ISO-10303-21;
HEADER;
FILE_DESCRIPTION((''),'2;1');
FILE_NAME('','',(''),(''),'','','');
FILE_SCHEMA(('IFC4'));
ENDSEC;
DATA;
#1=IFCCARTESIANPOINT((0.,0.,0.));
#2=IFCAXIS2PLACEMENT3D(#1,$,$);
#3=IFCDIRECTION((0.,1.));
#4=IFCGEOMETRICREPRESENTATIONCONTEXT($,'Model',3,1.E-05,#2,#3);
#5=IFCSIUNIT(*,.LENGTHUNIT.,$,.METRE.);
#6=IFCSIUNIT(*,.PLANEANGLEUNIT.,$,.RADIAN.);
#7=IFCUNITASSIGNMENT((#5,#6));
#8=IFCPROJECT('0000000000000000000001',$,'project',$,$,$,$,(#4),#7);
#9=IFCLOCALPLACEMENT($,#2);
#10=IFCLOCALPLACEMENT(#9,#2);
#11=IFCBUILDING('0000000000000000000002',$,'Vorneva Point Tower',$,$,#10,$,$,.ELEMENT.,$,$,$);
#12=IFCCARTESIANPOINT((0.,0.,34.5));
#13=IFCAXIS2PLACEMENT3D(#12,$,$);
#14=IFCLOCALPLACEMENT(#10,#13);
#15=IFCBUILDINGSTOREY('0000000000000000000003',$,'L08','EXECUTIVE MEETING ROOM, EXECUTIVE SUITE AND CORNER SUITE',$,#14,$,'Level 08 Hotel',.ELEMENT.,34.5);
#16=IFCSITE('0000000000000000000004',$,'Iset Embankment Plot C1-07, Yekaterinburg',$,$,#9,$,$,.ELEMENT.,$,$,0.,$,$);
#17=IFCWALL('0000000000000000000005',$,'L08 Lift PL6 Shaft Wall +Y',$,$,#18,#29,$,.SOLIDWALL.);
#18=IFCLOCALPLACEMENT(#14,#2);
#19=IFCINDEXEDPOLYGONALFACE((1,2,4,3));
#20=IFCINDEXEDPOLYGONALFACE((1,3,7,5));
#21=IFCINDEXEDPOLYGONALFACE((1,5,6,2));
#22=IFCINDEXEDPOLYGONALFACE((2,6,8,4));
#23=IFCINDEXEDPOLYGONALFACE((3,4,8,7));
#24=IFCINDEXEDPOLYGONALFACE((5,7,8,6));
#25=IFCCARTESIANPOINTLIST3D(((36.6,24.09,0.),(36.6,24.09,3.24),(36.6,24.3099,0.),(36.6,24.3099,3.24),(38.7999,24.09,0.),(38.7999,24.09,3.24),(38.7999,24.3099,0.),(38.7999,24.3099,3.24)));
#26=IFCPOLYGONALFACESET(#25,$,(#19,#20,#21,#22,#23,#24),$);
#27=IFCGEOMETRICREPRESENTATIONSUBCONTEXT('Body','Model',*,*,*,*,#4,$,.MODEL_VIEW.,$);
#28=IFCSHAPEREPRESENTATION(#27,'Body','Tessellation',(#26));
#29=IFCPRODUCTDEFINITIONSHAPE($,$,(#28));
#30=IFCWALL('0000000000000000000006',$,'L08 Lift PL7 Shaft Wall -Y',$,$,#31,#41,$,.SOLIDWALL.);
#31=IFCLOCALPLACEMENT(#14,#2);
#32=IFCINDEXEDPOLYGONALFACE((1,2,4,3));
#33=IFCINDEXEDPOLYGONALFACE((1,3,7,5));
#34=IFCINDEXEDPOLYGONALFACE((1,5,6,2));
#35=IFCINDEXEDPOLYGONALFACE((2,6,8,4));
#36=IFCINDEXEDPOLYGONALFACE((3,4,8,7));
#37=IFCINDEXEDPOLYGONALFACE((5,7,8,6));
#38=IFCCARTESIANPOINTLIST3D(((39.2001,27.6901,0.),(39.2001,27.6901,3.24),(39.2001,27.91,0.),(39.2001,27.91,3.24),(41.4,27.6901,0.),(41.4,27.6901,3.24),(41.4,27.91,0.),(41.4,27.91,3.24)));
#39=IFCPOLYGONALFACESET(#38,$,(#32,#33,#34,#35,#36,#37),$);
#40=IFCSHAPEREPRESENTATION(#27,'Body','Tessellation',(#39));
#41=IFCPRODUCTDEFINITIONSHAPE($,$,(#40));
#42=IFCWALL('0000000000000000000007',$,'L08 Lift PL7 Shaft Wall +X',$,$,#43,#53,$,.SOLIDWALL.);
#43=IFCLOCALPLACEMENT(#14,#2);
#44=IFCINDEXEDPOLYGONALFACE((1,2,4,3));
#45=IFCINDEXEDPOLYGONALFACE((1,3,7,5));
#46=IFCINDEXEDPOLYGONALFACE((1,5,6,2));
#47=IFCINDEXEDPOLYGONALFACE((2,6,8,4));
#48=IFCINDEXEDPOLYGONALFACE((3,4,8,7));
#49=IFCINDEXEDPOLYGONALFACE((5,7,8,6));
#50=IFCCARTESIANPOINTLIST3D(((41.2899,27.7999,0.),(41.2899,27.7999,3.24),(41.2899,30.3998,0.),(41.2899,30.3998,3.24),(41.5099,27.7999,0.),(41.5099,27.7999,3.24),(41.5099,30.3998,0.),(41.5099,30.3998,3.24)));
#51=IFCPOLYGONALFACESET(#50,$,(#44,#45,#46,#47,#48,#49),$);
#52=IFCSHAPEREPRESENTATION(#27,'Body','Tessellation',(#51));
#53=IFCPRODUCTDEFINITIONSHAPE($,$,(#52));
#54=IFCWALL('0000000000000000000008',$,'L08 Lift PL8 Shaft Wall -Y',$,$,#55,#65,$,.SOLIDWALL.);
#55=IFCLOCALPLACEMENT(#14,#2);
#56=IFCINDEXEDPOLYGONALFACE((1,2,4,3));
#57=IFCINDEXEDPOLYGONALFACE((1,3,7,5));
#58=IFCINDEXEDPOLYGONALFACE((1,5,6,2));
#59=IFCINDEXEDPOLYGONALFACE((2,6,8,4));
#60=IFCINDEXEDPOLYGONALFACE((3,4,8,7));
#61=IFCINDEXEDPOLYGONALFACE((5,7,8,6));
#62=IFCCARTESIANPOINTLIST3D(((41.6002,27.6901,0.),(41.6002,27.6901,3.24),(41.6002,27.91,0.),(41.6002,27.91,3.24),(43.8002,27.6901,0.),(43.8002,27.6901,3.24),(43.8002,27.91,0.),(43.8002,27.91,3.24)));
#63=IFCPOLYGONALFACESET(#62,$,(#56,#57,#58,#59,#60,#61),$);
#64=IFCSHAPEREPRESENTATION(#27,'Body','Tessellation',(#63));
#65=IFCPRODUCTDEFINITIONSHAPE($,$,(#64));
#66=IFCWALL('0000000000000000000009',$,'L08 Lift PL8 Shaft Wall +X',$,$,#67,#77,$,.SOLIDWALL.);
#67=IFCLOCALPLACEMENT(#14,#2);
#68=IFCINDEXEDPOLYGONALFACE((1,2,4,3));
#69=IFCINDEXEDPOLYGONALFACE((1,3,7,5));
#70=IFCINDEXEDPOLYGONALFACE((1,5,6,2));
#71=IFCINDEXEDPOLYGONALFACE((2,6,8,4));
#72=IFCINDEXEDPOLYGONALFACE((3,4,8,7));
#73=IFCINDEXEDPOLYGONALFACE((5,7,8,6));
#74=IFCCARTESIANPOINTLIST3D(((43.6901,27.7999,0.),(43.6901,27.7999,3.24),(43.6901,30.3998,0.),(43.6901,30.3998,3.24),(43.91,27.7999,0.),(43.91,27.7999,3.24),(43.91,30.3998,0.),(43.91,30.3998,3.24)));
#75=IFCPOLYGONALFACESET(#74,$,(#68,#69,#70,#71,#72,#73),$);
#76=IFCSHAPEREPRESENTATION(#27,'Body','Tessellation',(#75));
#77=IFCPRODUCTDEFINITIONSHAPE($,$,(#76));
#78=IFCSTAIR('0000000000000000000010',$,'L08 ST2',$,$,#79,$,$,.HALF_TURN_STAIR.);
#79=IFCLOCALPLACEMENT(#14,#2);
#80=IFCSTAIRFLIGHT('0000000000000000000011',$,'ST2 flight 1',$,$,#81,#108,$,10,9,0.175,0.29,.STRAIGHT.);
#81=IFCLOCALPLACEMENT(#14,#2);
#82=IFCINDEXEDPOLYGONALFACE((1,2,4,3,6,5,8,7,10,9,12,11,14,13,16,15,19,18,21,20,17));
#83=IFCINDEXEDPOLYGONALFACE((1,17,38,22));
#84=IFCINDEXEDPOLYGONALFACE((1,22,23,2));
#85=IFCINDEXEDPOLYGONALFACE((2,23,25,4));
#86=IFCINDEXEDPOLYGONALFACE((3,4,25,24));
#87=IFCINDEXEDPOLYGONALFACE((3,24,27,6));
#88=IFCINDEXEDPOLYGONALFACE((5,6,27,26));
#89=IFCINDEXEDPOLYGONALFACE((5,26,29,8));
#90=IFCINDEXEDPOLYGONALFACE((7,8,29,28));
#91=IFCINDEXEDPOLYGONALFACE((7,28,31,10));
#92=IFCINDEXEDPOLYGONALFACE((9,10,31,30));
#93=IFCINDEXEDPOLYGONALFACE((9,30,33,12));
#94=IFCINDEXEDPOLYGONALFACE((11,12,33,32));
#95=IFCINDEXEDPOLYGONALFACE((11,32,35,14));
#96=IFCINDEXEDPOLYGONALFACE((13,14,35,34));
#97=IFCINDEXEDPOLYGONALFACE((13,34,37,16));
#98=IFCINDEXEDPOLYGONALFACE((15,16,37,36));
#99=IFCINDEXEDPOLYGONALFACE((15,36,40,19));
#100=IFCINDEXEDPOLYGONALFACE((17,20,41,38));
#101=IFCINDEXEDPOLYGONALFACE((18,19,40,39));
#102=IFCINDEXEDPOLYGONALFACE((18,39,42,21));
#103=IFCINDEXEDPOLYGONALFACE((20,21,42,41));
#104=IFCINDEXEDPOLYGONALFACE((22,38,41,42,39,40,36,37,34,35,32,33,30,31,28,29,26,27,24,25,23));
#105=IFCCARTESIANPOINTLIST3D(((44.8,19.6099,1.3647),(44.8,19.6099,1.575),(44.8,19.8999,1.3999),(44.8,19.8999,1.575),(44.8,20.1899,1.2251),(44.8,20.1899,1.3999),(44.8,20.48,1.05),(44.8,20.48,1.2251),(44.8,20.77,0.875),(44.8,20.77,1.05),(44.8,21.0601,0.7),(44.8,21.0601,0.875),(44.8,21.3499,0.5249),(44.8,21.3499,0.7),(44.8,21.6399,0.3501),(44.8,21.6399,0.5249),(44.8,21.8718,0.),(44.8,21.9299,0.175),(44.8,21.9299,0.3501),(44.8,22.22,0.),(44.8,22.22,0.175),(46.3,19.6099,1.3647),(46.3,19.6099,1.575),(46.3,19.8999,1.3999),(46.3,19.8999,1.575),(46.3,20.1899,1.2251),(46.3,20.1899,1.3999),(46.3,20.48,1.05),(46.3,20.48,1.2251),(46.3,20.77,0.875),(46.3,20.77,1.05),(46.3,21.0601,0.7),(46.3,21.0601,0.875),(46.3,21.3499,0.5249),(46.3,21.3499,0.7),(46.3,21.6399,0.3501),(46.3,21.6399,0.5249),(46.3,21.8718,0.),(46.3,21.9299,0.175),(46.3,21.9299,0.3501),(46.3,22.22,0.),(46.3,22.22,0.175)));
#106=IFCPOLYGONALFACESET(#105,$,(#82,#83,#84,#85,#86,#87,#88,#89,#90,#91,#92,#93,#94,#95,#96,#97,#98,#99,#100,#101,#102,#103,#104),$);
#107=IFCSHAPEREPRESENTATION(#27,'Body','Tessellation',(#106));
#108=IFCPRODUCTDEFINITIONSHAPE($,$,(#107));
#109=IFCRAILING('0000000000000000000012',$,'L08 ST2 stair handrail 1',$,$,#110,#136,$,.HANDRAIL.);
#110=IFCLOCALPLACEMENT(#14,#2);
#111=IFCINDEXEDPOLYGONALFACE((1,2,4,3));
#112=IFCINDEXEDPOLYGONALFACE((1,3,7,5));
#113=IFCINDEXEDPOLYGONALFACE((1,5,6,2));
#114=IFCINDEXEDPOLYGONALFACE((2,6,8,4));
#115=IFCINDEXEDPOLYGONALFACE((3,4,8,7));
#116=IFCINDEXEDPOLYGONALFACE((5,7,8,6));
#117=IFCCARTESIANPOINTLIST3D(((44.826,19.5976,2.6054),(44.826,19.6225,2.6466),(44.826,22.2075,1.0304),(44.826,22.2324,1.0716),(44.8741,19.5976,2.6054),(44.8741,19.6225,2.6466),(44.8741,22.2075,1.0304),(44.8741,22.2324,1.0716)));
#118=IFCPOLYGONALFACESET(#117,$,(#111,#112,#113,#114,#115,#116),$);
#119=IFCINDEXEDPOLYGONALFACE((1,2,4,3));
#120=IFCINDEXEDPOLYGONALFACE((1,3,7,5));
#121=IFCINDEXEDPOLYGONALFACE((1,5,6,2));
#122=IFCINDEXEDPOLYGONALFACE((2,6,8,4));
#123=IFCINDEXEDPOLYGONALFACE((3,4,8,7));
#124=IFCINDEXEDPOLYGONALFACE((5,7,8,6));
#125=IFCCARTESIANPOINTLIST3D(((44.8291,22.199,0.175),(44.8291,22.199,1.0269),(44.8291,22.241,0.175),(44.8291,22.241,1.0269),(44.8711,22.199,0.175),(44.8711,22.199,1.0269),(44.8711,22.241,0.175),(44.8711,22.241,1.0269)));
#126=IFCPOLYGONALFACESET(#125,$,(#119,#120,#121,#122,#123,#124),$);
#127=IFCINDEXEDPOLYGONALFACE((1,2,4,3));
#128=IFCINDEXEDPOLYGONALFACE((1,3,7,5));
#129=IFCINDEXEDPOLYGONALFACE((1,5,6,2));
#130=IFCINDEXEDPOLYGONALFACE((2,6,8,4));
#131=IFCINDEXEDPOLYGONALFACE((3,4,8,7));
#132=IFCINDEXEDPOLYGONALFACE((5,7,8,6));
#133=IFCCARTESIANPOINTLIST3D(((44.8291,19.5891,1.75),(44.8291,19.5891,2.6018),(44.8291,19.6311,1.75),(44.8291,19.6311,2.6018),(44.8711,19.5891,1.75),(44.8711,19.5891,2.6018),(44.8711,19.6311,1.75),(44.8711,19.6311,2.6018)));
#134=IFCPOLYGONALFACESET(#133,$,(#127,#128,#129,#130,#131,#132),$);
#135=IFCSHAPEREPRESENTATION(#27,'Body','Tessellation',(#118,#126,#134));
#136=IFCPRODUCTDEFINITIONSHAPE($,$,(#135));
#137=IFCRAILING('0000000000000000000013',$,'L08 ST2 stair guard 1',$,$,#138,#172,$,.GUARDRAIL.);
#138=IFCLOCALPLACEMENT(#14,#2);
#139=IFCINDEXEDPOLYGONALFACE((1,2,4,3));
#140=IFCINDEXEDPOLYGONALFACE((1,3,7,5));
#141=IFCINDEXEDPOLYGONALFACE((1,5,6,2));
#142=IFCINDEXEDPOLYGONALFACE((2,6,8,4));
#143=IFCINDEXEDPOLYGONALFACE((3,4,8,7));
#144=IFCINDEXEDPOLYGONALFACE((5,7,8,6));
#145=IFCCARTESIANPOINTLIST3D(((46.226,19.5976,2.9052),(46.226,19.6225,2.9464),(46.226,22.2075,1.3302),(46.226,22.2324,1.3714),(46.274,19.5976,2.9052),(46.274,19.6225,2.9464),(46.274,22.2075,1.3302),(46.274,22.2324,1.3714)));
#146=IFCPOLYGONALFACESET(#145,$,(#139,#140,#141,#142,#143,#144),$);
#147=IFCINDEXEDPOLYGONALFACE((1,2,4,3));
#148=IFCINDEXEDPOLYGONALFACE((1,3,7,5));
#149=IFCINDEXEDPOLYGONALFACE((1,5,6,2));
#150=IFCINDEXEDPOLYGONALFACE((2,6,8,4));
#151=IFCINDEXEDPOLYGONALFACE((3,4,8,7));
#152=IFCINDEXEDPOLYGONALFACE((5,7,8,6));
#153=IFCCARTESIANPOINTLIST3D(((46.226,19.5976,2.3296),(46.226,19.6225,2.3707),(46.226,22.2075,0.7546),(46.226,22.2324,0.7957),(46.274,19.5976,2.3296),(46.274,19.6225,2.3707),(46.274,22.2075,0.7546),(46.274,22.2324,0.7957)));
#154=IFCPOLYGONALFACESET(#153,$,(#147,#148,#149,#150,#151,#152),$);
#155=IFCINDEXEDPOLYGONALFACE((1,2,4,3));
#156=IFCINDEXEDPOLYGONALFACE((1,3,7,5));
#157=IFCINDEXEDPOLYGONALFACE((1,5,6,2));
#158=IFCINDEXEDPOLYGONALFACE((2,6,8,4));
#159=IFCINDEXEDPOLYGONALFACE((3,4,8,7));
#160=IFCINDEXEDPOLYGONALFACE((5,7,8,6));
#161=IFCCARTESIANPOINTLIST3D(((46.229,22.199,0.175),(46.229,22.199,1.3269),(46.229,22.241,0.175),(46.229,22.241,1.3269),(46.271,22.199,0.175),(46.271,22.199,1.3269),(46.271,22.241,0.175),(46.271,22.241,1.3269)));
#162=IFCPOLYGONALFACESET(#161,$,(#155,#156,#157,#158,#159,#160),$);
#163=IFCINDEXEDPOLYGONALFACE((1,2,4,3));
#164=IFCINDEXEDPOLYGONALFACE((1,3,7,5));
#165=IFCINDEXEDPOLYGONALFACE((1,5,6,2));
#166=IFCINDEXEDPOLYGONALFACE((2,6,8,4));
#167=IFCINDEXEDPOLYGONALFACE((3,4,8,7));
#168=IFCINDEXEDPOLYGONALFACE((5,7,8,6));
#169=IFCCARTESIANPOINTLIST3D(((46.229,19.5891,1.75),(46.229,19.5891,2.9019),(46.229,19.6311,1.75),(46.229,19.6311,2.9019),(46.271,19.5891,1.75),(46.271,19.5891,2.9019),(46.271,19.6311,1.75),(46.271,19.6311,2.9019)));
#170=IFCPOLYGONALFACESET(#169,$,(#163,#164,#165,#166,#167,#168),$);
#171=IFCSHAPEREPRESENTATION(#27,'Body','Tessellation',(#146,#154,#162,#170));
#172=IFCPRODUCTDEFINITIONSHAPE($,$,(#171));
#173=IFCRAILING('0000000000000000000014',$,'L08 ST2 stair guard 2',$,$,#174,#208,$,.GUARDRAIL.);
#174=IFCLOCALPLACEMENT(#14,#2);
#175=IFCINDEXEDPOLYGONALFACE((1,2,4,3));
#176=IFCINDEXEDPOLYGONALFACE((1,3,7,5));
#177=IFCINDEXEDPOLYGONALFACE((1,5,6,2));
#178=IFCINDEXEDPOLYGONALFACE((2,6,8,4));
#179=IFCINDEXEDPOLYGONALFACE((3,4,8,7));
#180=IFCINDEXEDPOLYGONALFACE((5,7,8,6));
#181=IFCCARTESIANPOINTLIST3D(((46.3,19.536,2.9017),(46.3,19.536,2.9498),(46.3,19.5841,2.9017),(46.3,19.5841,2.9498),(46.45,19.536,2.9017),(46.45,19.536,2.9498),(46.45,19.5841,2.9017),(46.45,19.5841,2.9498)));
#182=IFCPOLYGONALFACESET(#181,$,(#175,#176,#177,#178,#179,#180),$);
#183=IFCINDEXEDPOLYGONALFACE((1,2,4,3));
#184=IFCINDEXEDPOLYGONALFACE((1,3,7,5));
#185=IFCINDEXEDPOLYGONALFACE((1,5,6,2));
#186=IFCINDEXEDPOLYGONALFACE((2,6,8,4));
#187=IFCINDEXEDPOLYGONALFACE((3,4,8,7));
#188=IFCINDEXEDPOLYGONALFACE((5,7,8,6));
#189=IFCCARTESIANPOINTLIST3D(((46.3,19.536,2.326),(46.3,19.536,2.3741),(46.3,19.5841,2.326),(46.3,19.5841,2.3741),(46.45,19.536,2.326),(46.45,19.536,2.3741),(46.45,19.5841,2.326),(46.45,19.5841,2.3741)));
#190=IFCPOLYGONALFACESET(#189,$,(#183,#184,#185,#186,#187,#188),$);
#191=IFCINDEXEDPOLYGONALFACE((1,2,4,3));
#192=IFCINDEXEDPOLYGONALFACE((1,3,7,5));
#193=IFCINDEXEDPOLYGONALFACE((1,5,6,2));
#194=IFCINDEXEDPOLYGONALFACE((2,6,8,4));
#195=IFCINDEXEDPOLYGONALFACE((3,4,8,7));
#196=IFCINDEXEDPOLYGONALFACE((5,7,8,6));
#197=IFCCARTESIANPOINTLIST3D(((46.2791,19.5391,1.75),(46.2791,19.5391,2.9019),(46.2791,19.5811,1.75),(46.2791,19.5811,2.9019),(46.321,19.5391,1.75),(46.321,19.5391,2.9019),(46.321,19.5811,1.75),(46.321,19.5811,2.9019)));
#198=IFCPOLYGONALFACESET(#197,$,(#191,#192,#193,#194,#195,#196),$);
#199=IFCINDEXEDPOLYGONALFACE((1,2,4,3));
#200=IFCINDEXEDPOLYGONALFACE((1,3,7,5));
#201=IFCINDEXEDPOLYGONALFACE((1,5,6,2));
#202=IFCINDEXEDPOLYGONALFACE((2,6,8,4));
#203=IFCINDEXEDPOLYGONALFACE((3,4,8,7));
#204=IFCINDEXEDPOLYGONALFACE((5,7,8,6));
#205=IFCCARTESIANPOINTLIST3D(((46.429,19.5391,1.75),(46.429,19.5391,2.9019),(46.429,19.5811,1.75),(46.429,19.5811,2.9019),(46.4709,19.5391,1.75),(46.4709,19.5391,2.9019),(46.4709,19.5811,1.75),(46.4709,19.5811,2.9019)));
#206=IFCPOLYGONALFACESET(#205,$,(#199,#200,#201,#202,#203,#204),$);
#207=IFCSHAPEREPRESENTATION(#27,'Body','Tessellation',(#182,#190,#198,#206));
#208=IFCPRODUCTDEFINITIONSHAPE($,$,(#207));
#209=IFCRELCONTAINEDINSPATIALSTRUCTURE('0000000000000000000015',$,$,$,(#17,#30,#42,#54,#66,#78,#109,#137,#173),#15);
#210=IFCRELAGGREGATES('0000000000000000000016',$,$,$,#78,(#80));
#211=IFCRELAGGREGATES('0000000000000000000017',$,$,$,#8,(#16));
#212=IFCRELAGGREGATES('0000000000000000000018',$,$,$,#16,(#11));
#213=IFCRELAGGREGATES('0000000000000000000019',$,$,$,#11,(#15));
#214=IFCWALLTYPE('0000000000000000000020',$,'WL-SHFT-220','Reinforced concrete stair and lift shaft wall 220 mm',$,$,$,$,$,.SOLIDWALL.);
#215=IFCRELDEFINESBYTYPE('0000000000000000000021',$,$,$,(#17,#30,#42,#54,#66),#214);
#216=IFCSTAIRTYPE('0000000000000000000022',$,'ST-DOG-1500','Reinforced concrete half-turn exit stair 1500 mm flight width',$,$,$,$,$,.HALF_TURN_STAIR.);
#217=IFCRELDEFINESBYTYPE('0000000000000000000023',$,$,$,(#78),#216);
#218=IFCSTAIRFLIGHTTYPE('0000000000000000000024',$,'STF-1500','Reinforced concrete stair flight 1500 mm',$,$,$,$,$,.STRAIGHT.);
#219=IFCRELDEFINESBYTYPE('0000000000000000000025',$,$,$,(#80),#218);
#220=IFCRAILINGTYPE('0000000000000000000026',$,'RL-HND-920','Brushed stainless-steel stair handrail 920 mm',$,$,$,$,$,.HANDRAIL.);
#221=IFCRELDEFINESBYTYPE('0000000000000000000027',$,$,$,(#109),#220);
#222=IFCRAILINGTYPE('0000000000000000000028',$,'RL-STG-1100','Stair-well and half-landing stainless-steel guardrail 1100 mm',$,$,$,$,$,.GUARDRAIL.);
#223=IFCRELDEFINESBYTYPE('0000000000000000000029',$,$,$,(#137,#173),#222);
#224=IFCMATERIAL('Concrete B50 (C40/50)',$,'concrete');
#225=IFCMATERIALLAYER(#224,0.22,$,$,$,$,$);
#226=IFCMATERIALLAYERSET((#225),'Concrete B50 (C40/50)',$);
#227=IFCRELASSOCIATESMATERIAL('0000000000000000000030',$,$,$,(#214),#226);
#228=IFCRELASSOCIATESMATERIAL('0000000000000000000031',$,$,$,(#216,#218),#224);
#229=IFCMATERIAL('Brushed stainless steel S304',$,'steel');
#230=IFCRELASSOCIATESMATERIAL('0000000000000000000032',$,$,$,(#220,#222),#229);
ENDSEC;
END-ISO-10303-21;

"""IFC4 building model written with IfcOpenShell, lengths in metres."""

from ifc_helpers import new_model, si_unit, direction, frame, frame_2d, origin, origin_2d, place, context, subcontext, project, spatial, polyline, rectangle, outline, extrude, material, layer, layer_set, type_object, element, aggregate, save


model = new_model("IFC4")

# Units and contexts
model_context = context("Model", 3, precision=1e-05, world=origin(), true_north=direction((0.0, 1.0)))
body_context = subcontext(model_context, "Body", "Model", "MODEL_VIEW")
ifc_project = project(units=[si_unit("LENGTHUNIT", "METRE"), si_unit("PLANEANGLEUNIT", "RADIAN")], contexts=[model_context])

# Site, building, storey
site_placement = place(None, origin())
site = spatial("IfcSite", under=ifc_project, at=site_placement, Name="Iset Embankment Plot C1-07, Yekaterinburg", CompositionType="ELEMENT", RefElevation=0.0)
building_placement = place(site_placement, origin())
building = spatial("IfcBuilding", under=site, at=building_placement, Name="Vorneva Point Tower", CompositionType="ELEMENT")
storey_placement = place(building_placement, frame((0.0, 0.0, 34.5)))
storey = spatial("IfcBuildingStorey", under=building, at=storey_placement, Name="L08", Description="EXECUTIVE MEETING ROOM, EXECUTIVE SUITE AND CORNER SUITE", LongName="Level 08 Hotel", CompositionType="ELEMENT", Elevation=34.5)

# Shared definitions
ifc_material_1 = material(Name="Concrete B50 (C40/50)", Category="concrete")
ifc_layer_1 = layer(ifc_material_1, 0.22)
ifc_layer_set_1 = layer_set([ifc_layer_1], Name="Concrete B50 (C40/50)")
wall_type_1 = type_object("IfcWallType", Name="WL-SHFT-220", Description="Reinforced concrete stair and lift shaft wall 220 mm", PredefinedType="SOLIDWALL", material=ifc_layer_set_1)

# Walls
for number, where, z_axis, x_axis, name in (
    (1, (38.8, 24.2, 0.0), (0.0, 0.0, 1.0), (-1.0, 0.0, 0.0), "L08 Lift PL6 Shaft Wall +Y"),
    (2, (39.2, 27.8, 0.0), (0.0, 0.0, 1.0), (1.0, 0.0, 0.0), "L08 Lift PL7 Shaft Wall -Y"),
):
    element("IfcWall", number, at=place(storey_placement, frame(where, z_axis=z_axis, x_axis=x_axis)), inside=storey, type_object=wall_type_1, Name=name, PredefinedType="SOLIDWALL", context=body_context, shape_type="SweptSolid", body=[
        extrude(rectangle(XDim=2.2, YDim=0.22, at=frame_2d((1.1001, 0.0))), origin(), (0.0, 0.0, 1.0), 3.24),
    ])
wall_1_placement = place(storey_placement, frame((41.3999, 27.8, 0.0), z_axis=(0.0, 0.0, 1.0), x_axis=(0.0, 1.0, 0.0)))
element("IfcWall", 3, at=wall_1_placement, inside=storey, type_object=wall_type_1, Name="L08 Lift PL7 Shaft Wall +X", PredefinedType="SOLIDWALL", context=body_context, shape_type="SweptSolid", body=[
    extrude(rectangle(XDim=2.5999, YDim=0.22, at=frame_2d((1.2998, 0.0))), origin(), (0.0, 0.0, 1.0), 3.24),
])
wall_2_placement = place(storey_placement, frame((41.6001, 27.8, 0.0), z_axis=(0.0, 0.0, 1.0), x_axis=(1.0, 0.0, 0.0)))
element("IfcWall", 4, at=wall_2_placement, inside=storey, type_object=wall_type_1, Name="L08 Lift PL8 Shaft Wall -Y", PredefinedType="SOLIDWALL", context=body_context, shape_type="SweptSolid", body=[
    extrude(rectangle(XDim=2.2, YDim=0.22, at=frame_2d((1.1001, 0.0))), origin(), (0.0, 0.0, 1.0), 3.24),
])
wall_3_placement = place(storey_placement, frame((43.8, 27.8, 0.0), z_axis=(0.0, 0.0, 1.0), x_axis=(0.0, 1.0, 0.0)))
element("IfcWall", 5, at=wall_3_placement, inside=storey, type_object=wall_type_1, Name="L08 Lift PL8 Shaft Wall +X", PredefinedType="SOLIDWALL", context=body_context, shape_type="SweptSolid", body=[
    extrude(rectangle(XDim=2.5999, YDim=0.22, at=frame_2d((1.2998, 0.0))), origin(), (0.0, 0.0, 1.0), 3.24),
])

# Stair, stair flight
stair_type = type_object("IfcStairType", Name="ST-DOG-1500", Description="Reinforced concrete half-turn exit stair 1500 mm flight width", PredefinedType="HALF_TURN_STAIR", material=ifc_material_1)
stair_placement = place(storey_placement, origin())
stair = element("IfcStair", 6, at=stair_placement, inside=storey, type_object=stair_type, Name="L08 ST2", PredefinedType="HALF_TURN_STAIR")
stair_flight_type = type_object("IfcStairFlightType", Name="STF-1500", Description="Reinforced concrete stair flight 1500 mm", PredefinedType="STRAIGHT", material=ifc_material_1)
stair_flight_placement = place(storey_placement, frame((45.55, 22.22, 0.0), z_axis=(0.0, 0.0, 1.0), x_axis=(0.0, -1.0, 0.0)))
stair_flight = element("IfcStairFlight", 7, at=stair_flight_placement, type_object=stair_flight_type, Name="ST2 flight 1", NumberOfRisers=10, NumberOfTreads=9, PredefinedType="STRAIGHT", RiserHeight=0.175, TreadLength=0.29, context=body_context, shape_type="SweptSolid", body=[
    extrude(outline(polyline([(0.0, 0.0), (0.0, 0.175), (0.29, 0.175), (0.29, 0.3501), (0.5801, 0.3501), (0.5801, 0.5249), (0.8701, 0.5249), (0.8701, 0.7), (1.1599, 0.7), (1.1599, 0.875), (1.45, 0.875), (1.45, 1.05), (1.74, 1.05), (1.74, 1.2251), (2.03, 1.2251), (2.03, 1.3999), (2.3201, 1.3999), (2.3201, 1.575), (2.6101, 1.575), (2.6101, 1.75), (2.6101, 1.3647), (0.3481, 0.0), (0.0, 0.0)])), frame((0.0, 0.75, 0.0), z_axis=(0.0, -1.0, 0.0), x_axis=(1.0, 0.0, 0.0)), (0.0, 0.0, 1.0), 1.5),
])
aggregate(stair, [stair_flight])

# Railings
ifc_material_2 = material(Name="Brushed stainless steel S304", Category="steel")
railing_type_1 = type_object("IfcRailingType", Name="RL-HND-920", Description="Brushed stainless-steel stair handrail 920 mm", PredefinedType="HANDRAIL", material=ifc_material_2)
railing_1_placement = place(storey_placement, frame((44.8501, 22.22, 0.175)))
element("IfcRailing", 8, at=railing_1_placement, inside=storey, type_object=railing_type_1, Name="L08 ST2 stair handrail 1", PredefinedType="HANDRAIL", context=body_context, shape_type="SweptSolid", body=[
    extrude(rectangle(XDim=0.0481, YDim=0.0481, at=origin_2d()), frame((0.0, 0.0, 0.876), z_axis=(0.0, -0.856183, 0.516673), x_axis=(1.0, 0.0, 0.0)), (0.0, 0.0, 1.0), 3.0483),
    extrude(rectangle(XDim=0.042, YDim=0.042, at=origin_2d()), origin(), (0.0, 0.0, 1.0), 0.8518),
    extrude(rectangle(XDim=0.042, YDim=0.042, at=origin_2d()), frame((0.0, -2.6099, 1.575)), (0.0, 0.0, 1.0), 0.8518),
])
railing_type_2 = type_object("IfcRailingType", Name="RL-STG-1100", Description="Stair-well and half-landing stainless-steel guardrail 1100 mm", PredefinedType="GUARDRAIL", material=ifc_material_2)
railing_2_placement = place(storey_placement, frame((46.25, 22.22, 0.175)))
element("IfcRailing", 9, at=railing_2_placement, inside=storey, type_object=railing_type_2, Name="L08 ST2 stair guard 1", PredefinedType="GUARDRAIL", context=body_context, shape_type="SweptSolid", body=[
    extrude(rectangle(XDim=0.0481, YDim=0.0481, at=origin_2d()), frame((0.0, 0.0, 1.1758), z_axis=(0.0, -0.856183, 0.516673), x_axis=(1.0, 0.0, 0.0)), (0.0, 0.0, 1.0), 3.0483),
    extrude(rectangle(XDim=0.0481, YDim=0.0481, at=origin_2d()), frame((0.0, 0.0, 0.6001), z_axis=(0.0, -0.856183, 0.516673), x_axis=(1.0, 0.0, 0.0)), (0.0, 0.0, 1.0), 3.0483),
    extrude(rectangle(XDim=0.042, YDim=0.042, at=origin_2d()), origin(), (0.0, 0.0, 1.0), 1.1519),
    extrude(rectangle(XDim=0.042, YDim=0.042, at=origin_2d()), frame((0.0, -2.6099, 1.575)), (0.0, 0.0, 1.0), 1.1519),
])
railing_3_placement = place(storey_placement, frame((46.3, 19.5601, 1.75)))
element("IfcRailing", 10, at=railing_3_placement, inside=storey, type_object=railing_type_2, Name="L08 ST2 stair guard 2", PredefinedType="GUARDRAIL", context=body_context, shape_type="SweptSolid", body=[
    extrude(rectangle(XDim=0.0481, YDim=0.0481, at=origin_2d()), frame((0.0, 0.0, 1.1758), z_axis=(1.0, 0.0, 0.0), x_axis=(0.0, 1.0, 0.0)), (0.0, 0.0, 1.0), 0.1499),
    extrude(rectangle(XDim=0.0481, YDim=0.0481, at=origin_2d()), frame((0.0, 0.0, 0.6001), z_axis=(1.0, 0.0, 0.0), x_axis=(0.0, 1.0, 0.0)), (0.0, 0.0, 1.0), 0.1499),
    extrude(rectangle(XDim=0.042, YDim=0.042, at=origin_2d()), origin(), (0.0, 0.0, 1.0), 1.1519),
    extrude(rectangle(XDim=0.042, YDim=0.042, at=origin_2d()), frame((0.1499, 0.0, 0.0)), (0.0, 0.0, 1.0), 1.1519),
])

save(model, "model.ifc")
